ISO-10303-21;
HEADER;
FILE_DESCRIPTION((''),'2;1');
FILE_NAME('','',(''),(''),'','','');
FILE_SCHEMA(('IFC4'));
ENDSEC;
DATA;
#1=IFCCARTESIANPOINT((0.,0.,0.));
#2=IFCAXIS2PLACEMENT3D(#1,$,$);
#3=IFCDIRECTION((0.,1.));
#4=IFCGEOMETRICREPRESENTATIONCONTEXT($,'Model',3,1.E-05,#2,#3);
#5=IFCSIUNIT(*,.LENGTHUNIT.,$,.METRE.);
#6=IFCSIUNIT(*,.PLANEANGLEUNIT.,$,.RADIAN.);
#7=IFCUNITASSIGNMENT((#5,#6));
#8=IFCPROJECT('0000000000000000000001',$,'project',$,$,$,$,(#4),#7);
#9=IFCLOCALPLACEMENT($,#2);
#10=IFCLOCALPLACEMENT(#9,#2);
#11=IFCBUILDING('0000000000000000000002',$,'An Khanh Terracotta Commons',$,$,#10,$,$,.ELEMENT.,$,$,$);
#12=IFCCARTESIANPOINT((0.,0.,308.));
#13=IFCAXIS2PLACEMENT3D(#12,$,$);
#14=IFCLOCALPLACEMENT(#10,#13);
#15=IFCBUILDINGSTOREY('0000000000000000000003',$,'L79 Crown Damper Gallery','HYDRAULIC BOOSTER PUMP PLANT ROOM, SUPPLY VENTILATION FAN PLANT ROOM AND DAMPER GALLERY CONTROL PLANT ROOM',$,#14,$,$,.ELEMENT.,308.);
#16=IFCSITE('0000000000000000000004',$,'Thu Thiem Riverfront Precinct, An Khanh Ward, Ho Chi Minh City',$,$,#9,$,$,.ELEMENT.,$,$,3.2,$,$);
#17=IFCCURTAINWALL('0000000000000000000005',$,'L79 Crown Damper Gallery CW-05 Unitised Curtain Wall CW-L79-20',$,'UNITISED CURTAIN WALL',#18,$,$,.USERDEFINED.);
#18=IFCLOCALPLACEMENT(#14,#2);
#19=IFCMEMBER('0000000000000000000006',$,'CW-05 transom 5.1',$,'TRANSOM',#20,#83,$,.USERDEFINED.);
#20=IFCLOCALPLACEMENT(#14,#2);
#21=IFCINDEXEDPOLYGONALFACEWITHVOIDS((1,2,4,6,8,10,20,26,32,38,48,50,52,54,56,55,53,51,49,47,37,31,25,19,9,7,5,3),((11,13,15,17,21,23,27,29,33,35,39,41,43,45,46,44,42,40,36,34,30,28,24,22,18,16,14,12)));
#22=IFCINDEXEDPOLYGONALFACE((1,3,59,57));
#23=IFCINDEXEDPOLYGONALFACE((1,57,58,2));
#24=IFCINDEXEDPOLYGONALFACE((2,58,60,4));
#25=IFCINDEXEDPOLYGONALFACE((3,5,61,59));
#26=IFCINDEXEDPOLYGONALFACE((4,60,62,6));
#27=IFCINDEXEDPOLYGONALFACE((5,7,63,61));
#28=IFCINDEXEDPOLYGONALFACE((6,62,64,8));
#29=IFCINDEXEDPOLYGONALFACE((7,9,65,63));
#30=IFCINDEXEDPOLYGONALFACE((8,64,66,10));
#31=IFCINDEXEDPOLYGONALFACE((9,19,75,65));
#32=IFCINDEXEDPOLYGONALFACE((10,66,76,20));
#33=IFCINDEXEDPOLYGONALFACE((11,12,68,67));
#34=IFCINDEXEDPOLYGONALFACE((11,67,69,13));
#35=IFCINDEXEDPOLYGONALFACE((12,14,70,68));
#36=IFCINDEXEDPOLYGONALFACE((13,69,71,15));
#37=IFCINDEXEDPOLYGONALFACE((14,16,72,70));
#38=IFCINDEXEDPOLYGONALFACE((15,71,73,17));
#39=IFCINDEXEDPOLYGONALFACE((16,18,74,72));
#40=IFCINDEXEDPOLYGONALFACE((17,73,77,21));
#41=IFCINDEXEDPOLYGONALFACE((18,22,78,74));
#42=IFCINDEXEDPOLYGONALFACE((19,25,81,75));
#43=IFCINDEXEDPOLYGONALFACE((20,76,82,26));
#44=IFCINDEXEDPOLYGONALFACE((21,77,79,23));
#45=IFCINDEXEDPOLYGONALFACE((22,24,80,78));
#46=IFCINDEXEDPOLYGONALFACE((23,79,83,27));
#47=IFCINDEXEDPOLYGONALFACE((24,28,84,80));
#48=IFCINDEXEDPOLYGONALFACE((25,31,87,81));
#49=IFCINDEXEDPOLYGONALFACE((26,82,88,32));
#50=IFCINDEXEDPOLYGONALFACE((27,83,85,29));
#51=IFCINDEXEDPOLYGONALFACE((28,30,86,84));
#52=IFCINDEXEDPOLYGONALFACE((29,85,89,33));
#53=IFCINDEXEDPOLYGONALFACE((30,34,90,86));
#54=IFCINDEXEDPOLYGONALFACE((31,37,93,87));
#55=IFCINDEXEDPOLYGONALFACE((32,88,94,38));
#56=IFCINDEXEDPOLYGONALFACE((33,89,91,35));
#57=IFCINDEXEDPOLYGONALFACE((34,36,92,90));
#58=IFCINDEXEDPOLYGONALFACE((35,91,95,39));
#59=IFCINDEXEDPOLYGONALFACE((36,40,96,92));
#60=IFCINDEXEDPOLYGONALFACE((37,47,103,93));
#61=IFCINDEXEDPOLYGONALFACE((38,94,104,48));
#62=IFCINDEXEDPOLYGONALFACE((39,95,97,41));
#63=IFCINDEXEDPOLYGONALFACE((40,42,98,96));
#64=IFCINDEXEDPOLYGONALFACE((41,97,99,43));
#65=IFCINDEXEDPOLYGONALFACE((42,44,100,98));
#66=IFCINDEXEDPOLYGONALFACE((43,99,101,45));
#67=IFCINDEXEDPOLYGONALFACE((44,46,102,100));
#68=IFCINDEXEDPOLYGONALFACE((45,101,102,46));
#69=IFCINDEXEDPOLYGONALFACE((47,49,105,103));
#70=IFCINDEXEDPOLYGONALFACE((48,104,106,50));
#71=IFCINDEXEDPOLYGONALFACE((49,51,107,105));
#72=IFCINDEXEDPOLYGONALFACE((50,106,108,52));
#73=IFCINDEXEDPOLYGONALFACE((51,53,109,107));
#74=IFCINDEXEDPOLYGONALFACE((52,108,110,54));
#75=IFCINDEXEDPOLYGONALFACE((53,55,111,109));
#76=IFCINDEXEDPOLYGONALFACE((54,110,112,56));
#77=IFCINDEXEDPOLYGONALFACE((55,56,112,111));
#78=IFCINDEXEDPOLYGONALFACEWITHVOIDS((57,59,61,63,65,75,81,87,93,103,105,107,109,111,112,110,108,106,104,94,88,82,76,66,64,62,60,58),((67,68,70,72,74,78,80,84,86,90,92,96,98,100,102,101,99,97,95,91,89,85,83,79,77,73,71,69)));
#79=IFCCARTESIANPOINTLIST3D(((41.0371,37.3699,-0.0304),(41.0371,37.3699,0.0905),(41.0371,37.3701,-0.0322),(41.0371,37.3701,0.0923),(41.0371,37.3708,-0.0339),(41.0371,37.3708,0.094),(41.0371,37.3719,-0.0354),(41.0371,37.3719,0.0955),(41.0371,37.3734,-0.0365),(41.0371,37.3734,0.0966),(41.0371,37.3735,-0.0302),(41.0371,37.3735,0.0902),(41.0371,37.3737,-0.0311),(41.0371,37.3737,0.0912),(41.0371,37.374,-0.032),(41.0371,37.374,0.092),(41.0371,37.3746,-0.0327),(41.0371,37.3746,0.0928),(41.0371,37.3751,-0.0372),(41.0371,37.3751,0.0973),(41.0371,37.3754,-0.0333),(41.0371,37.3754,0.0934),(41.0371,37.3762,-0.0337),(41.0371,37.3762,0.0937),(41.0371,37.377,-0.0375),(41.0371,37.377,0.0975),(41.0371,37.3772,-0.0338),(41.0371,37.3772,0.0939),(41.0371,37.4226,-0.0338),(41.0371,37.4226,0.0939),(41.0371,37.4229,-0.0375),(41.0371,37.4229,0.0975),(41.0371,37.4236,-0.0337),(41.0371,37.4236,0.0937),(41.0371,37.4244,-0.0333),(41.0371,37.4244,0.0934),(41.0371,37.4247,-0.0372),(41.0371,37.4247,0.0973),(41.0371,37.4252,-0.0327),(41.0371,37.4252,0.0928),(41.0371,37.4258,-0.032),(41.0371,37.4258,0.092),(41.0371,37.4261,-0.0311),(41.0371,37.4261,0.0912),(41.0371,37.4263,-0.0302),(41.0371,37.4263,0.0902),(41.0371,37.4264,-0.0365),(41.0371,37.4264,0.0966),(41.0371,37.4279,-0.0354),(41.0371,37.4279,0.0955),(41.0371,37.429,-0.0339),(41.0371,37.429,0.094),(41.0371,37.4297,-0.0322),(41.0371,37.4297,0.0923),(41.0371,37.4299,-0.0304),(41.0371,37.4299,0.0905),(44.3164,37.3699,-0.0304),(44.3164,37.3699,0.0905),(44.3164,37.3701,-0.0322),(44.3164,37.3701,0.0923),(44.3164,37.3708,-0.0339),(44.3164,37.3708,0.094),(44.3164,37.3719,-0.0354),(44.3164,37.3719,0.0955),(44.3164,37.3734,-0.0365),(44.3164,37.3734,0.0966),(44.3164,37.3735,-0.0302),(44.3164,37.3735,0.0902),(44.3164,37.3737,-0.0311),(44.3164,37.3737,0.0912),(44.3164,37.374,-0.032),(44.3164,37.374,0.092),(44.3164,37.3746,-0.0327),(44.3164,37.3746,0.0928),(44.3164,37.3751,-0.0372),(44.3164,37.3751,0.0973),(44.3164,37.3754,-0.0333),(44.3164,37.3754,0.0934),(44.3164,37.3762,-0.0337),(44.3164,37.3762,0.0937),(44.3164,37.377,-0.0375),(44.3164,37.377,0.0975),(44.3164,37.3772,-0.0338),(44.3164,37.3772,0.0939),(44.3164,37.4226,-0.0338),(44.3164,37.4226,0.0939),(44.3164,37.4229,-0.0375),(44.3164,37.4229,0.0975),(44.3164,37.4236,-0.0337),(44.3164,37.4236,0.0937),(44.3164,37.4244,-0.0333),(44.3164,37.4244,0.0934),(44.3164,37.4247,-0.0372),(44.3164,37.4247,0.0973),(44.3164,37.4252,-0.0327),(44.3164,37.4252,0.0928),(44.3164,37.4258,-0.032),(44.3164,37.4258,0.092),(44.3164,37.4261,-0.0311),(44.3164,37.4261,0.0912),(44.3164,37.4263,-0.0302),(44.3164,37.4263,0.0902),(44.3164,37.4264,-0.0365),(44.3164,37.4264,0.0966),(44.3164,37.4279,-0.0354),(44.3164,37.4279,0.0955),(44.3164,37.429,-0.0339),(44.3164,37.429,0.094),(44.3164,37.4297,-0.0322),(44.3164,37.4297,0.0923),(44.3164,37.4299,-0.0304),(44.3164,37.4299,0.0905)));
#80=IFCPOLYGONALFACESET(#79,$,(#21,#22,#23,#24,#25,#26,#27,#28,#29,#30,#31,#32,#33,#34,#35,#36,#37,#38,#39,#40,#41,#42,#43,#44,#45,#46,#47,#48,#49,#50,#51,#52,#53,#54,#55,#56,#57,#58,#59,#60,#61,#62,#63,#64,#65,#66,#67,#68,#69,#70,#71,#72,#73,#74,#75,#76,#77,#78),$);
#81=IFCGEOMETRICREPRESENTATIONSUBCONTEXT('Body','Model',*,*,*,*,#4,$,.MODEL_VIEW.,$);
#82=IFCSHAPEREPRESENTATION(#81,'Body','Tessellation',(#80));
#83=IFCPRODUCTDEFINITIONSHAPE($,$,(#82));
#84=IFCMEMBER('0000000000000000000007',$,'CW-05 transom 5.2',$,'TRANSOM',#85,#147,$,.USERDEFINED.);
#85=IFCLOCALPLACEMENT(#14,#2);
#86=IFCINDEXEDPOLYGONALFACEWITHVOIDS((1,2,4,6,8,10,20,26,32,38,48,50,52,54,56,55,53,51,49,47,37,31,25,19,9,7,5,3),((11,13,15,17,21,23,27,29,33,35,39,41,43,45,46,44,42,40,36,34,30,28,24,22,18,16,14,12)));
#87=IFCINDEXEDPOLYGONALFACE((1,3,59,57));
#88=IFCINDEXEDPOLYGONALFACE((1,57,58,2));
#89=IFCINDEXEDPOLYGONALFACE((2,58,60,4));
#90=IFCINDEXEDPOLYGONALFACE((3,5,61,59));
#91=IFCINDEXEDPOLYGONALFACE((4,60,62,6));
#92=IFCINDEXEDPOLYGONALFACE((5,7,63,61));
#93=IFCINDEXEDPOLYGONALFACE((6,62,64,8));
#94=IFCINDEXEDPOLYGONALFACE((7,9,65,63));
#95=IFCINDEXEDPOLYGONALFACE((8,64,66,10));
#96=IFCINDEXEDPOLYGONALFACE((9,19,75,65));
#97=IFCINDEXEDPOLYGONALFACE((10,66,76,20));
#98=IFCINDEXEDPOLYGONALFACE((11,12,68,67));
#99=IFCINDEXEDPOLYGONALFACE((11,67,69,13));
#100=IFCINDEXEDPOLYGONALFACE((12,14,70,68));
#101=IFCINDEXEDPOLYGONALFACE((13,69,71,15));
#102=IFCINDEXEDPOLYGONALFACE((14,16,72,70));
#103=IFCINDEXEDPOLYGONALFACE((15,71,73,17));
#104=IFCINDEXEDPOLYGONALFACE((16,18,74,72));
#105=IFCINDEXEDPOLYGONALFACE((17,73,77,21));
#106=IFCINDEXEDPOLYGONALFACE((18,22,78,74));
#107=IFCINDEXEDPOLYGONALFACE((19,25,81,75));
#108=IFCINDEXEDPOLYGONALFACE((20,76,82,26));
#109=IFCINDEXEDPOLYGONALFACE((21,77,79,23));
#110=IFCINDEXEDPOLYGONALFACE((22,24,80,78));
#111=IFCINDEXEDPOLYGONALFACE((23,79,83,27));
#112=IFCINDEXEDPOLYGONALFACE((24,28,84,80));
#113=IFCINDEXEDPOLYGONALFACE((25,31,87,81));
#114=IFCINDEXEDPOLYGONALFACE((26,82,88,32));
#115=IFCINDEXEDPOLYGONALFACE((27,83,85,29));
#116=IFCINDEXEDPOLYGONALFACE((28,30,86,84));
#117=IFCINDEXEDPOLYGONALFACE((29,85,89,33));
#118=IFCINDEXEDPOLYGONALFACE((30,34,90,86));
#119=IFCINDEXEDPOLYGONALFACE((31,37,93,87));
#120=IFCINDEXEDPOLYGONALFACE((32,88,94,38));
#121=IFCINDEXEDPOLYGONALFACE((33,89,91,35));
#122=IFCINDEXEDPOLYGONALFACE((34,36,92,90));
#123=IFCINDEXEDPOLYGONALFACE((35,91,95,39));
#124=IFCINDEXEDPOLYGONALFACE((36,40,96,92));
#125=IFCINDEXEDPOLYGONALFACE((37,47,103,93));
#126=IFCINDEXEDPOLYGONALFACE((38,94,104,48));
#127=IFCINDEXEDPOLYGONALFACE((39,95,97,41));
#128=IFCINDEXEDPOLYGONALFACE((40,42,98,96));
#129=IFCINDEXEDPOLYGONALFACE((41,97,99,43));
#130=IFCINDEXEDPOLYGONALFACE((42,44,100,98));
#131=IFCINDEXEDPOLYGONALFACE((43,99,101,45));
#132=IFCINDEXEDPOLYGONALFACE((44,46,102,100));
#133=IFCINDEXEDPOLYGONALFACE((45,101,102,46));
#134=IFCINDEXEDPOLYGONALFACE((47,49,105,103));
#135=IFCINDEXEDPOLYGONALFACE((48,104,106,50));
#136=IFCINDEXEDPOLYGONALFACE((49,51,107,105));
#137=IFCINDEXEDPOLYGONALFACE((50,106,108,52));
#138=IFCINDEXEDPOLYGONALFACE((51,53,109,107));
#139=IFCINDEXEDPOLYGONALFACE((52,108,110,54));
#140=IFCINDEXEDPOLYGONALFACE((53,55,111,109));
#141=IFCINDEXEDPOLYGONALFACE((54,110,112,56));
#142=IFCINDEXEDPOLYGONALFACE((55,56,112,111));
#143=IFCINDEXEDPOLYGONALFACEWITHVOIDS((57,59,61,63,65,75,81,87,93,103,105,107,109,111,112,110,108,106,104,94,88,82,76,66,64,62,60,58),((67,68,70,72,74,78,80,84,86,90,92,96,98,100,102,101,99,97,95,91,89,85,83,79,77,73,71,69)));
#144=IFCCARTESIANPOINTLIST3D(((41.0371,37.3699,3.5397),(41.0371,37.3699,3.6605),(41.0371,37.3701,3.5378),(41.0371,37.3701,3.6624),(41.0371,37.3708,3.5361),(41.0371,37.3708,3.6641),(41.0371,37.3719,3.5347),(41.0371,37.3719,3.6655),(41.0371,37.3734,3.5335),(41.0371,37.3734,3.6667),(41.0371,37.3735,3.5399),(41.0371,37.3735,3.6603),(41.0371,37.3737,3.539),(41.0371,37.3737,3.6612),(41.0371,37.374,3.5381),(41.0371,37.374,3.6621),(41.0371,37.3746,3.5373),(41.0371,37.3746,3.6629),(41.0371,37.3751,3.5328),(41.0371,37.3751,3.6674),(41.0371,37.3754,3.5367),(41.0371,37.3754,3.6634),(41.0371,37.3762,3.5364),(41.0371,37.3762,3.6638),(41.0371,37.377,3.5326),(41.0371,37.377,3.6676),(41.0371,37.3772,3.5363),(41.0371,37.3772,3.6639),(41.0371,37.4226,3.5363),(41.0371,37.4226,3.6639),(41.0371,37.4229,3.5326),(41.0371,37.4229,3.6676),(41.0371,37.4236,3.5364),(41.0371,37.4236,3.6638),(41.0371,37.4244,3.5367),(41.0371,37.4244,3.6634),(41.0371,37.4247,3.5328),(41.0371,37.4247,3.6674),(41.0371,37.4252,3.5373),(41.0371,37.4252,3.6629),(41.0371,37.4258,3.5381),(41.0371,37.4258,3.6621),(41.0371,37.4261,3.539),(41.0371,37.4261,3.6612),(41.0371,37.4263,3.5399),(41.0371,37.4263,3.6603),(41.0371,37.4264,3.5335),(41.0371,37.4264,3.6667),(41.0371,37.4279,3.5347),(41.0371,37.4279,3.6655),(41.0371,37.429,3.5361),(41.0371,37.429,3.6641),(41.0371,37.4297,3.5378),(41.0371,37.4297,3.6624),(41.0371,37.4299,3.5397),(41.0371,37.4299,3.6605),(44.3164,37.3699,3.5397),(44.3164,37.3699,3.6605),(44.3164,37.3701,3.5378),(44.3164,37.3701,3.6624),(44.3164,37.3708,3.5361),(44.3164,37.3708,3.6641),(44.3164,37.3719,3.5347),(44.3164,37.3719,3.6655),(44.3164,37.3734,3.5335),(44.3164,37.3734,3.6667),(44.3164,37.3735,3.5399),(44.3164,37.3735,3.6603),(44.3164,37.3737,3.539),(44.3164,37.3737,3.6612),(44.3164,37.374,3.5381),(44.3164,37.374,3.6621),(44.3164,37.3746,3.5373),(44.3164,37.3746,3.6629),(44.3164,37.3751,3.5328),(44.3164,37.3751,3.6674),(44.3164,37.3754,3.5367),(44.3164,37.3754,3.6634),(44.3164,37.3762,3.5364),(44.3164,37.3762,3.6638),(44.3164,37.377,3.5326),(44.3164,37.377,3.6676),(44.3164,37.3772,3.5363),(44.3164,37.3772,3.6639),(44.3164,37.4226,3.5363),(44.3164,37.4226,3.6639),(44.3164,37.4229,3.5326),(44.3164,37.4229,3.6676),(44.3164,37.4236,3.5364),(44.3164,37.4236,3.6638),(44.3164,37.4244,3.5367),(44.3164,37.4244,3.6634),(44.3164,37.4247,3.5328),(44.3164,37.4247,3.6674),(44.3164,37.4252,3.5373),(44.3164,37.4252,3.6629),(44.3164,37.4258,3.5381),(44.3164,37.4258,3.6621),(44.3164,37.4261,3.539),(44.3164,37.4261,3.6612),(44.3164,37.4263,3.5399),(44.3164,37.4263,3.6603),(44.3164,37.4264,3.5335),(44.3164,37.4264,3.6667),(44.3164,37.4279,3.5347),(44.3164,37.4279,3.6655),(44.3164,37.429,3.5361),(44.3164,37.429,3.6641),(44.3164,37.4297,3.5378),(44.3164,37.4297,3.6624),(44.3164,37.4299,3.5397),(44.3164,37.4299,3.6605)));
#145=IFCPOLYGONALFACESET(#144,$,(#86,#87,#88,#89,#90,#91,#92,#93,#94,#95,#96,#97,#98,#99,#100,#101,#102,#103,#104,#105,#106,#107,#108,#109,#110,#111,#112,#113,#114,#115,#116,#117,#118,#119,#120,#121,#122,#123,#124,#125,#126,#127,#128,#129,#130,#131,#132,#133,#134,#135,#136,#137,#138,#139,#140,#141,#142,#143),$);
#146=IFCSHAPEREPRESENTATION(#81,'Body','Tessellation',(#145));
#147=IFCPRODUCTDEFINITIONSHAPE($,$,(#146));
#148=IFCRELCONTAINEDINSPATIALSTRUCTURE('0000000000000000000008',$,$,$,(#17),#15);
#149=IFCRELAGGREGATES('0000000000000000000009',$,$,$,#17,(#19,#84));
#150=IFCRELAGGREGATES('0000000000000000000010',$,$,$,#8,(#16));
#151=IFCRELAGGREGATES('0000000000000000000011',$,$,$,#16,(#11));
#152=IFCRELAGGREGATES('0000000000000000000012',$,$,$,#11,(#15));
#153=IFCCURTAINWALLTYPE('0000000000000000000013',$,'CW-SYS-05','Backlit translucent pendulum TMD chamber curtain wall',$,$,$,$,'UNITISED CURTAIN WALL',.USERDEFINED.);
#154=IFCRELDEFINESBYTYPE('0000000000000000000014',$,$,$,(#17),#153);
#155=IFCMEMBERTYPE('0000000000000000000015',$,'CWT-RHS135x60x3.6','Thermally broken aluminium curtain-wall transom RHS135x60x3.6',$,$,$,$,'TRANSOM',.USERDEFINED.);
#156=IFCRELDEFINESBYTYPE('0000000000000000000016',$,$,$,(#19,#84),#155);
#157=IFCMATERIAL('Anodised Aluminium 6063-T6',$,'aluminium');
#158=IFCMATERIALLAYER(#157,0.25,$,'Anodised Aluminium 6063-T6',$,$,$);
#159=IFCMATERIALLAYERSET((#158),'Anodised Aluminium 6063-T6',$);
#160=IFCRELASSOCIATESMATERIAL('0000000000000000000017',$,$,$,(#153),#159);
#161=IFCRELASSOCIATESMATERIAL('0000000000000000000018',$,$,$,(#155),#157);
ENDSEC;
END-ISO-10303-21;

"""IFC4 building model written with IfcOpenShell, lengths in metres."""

from ifc_helpers import new_model, si_unit, direction, frame, origin, origin_2d, place, context, subcontext, project, spatial, hollow_rectangle, extrude, material, layer, layer_set, material_profile, profile_set, type_object, element, aggregate, save


model = new_model("IFC4")

# Units and contexts
model_context = context("Model", 3, precision=1e-05, world=origin(), true_north=direction((0.0, 1.0)))
body_context = subcontext(model_context, "Body", "Model", "MODEL_VIEW")
ifc_project = project(units=[si_unit("LENGTHUNIT", "METRE"), si_unit("PLANEANGLEUNIT", "RADIAN")], contexts=[model_context])

# Site, building, storey
site_placement = place(None, origin())
site = spatial("IfcSite", under=ifc_project, at=site_placement, Name="Thu Thiem Riverfront Precinct, An Khanh Ward, Ho Chi Minh City", CompositionType="ELEMENT", RefElevation=3.2)
building_placement = place(site_placement, origin())
building = spatial("IfcBuilding", under=site, at=building_placement, Name="An Khanh Terracotta Commons", CompositionType="ELEMENT")
storey_placement = place(building_placement, frame((0.0, 0.0, 308.0)))
storey = spatial("IfcBuildingStorey", under=building, at=storey_placement, Name="L79 Crown Damper Gallery", Description="HYDRAULIC BOOSTER PUMP PLANT ROOM, SUPPLY VENTILATION FAN PLANT ROOM AND DAMPER GALLERY CONTROL PLANT ROOM", CompositionType="ELEMENT", Elevation=308.0)

# Curtain wall, members
ifc_material_1 = material(Name="Anodised Aluminium 6063-T6", Category="aluminium")
ifc_layer_1 = layer(ifc_material_1, 0.25, Name="Anodised Aluminium 6063-T6")
ifc_layer_set_1 = layer_set([ifc_layer_1], Name="Anodised Aluminium 6063-T6")
curtain_wall_type = type_object("IfcCurtainWallType", Name="CW-SYS-05", Description="Backlit translucent pendulum TMD chamber curtain wall", ElementType="UNITISED CURTAIN WALL", PredefinedType="USERDEFINED", material=ifc_layer_set_1)
curtain_wall_placement = place(storey_placement, origin())
curtain_wall = element("IfcCurtainWall", 1, at=curtain_wall_placement, inside=storey, type_object=curtain_wall_type, Name="L79 Crown Damper Gallery CW-05 Unitised Curtain Wall CW-L79-20", ObjectType="UNITISED CURTAIN WALL", PredefinedType="USERDEFINED")
ifc_material_profile_1 = material_profile(ifc_material_1, hollow_rectangle(XDim=0.0601, YDim=0.135, WallThickness=0.0037, InnerFilletRadius=0.0037, OuterFilletRadius=0.0071, at=origin_2d()), Name="RHS135x60x3.6")
ifc_profile_set_1 = profile_set([ifc_material_profile_1], Name="Anodised Aluminium 6063-T6")
member_type_1 = type_object("IfcMemberType", Name="CWT-RHS135x60x3.6", Description="Thermally broken aluminium curtain-wall transom RHS135x60x3.6", ElementType="TRANSOM", PredefinedType="USERDEFINED", material=ifc_profile_set_1)
member_1_placement = place(storey_placement, frame((44.3164, 37.3999, 0.03), z_axis=(-1.0, 0.0, 0.0), x_axis=(0.0, -1.0, 0.0)))
member_1 = element("IfcMember", 2, at=member_1_placement, type_object=member_type_1, Name="CW-05 transom 5.1", ObjectType="TRANSOM", PredefinedType="USERDEFINED", context=body_context, shape_type="SweptSolid", body=[
    extrude(hollow_rectangle(XDim=0.0601, YDim=0.135, WallThickness=0.0037, InnerFilletRadius=0.0037, OuterFilletRadius=0.0071, at=origin_2d()), origin(), (0.0, 0.0, 1.0), 3.2793),
])
member_2_placement = place(storey_placement, frame((44.3164, 37.3999, 3.6001), z_axis=(-1.0, 0.0, 0.0), x_axis=(0.0, -1.0, 0.0)))
member_2 = element("IfcMember", 3, at=member_2_placement, type_object=member_type_1, Name="CW-05 transom 5.2", ObjectType="TRANSOM", PredefinedType="USERDEFINED", context=body_context, shape_type="SweptSolid", body=[
    extrude(hollow_rectangle(XDim=0.0601, YDim=0.135, WallThickness=0.0037, InnerFilletRadius=0.0037, OuterFilletRadius=0.0071, at=origin_2d()), origin(), (0.0, 0.0, 1.0), 3.2793),
])

aggregate(curtain_wall, [member_1, member_2])

save(model, "model.ifc")
